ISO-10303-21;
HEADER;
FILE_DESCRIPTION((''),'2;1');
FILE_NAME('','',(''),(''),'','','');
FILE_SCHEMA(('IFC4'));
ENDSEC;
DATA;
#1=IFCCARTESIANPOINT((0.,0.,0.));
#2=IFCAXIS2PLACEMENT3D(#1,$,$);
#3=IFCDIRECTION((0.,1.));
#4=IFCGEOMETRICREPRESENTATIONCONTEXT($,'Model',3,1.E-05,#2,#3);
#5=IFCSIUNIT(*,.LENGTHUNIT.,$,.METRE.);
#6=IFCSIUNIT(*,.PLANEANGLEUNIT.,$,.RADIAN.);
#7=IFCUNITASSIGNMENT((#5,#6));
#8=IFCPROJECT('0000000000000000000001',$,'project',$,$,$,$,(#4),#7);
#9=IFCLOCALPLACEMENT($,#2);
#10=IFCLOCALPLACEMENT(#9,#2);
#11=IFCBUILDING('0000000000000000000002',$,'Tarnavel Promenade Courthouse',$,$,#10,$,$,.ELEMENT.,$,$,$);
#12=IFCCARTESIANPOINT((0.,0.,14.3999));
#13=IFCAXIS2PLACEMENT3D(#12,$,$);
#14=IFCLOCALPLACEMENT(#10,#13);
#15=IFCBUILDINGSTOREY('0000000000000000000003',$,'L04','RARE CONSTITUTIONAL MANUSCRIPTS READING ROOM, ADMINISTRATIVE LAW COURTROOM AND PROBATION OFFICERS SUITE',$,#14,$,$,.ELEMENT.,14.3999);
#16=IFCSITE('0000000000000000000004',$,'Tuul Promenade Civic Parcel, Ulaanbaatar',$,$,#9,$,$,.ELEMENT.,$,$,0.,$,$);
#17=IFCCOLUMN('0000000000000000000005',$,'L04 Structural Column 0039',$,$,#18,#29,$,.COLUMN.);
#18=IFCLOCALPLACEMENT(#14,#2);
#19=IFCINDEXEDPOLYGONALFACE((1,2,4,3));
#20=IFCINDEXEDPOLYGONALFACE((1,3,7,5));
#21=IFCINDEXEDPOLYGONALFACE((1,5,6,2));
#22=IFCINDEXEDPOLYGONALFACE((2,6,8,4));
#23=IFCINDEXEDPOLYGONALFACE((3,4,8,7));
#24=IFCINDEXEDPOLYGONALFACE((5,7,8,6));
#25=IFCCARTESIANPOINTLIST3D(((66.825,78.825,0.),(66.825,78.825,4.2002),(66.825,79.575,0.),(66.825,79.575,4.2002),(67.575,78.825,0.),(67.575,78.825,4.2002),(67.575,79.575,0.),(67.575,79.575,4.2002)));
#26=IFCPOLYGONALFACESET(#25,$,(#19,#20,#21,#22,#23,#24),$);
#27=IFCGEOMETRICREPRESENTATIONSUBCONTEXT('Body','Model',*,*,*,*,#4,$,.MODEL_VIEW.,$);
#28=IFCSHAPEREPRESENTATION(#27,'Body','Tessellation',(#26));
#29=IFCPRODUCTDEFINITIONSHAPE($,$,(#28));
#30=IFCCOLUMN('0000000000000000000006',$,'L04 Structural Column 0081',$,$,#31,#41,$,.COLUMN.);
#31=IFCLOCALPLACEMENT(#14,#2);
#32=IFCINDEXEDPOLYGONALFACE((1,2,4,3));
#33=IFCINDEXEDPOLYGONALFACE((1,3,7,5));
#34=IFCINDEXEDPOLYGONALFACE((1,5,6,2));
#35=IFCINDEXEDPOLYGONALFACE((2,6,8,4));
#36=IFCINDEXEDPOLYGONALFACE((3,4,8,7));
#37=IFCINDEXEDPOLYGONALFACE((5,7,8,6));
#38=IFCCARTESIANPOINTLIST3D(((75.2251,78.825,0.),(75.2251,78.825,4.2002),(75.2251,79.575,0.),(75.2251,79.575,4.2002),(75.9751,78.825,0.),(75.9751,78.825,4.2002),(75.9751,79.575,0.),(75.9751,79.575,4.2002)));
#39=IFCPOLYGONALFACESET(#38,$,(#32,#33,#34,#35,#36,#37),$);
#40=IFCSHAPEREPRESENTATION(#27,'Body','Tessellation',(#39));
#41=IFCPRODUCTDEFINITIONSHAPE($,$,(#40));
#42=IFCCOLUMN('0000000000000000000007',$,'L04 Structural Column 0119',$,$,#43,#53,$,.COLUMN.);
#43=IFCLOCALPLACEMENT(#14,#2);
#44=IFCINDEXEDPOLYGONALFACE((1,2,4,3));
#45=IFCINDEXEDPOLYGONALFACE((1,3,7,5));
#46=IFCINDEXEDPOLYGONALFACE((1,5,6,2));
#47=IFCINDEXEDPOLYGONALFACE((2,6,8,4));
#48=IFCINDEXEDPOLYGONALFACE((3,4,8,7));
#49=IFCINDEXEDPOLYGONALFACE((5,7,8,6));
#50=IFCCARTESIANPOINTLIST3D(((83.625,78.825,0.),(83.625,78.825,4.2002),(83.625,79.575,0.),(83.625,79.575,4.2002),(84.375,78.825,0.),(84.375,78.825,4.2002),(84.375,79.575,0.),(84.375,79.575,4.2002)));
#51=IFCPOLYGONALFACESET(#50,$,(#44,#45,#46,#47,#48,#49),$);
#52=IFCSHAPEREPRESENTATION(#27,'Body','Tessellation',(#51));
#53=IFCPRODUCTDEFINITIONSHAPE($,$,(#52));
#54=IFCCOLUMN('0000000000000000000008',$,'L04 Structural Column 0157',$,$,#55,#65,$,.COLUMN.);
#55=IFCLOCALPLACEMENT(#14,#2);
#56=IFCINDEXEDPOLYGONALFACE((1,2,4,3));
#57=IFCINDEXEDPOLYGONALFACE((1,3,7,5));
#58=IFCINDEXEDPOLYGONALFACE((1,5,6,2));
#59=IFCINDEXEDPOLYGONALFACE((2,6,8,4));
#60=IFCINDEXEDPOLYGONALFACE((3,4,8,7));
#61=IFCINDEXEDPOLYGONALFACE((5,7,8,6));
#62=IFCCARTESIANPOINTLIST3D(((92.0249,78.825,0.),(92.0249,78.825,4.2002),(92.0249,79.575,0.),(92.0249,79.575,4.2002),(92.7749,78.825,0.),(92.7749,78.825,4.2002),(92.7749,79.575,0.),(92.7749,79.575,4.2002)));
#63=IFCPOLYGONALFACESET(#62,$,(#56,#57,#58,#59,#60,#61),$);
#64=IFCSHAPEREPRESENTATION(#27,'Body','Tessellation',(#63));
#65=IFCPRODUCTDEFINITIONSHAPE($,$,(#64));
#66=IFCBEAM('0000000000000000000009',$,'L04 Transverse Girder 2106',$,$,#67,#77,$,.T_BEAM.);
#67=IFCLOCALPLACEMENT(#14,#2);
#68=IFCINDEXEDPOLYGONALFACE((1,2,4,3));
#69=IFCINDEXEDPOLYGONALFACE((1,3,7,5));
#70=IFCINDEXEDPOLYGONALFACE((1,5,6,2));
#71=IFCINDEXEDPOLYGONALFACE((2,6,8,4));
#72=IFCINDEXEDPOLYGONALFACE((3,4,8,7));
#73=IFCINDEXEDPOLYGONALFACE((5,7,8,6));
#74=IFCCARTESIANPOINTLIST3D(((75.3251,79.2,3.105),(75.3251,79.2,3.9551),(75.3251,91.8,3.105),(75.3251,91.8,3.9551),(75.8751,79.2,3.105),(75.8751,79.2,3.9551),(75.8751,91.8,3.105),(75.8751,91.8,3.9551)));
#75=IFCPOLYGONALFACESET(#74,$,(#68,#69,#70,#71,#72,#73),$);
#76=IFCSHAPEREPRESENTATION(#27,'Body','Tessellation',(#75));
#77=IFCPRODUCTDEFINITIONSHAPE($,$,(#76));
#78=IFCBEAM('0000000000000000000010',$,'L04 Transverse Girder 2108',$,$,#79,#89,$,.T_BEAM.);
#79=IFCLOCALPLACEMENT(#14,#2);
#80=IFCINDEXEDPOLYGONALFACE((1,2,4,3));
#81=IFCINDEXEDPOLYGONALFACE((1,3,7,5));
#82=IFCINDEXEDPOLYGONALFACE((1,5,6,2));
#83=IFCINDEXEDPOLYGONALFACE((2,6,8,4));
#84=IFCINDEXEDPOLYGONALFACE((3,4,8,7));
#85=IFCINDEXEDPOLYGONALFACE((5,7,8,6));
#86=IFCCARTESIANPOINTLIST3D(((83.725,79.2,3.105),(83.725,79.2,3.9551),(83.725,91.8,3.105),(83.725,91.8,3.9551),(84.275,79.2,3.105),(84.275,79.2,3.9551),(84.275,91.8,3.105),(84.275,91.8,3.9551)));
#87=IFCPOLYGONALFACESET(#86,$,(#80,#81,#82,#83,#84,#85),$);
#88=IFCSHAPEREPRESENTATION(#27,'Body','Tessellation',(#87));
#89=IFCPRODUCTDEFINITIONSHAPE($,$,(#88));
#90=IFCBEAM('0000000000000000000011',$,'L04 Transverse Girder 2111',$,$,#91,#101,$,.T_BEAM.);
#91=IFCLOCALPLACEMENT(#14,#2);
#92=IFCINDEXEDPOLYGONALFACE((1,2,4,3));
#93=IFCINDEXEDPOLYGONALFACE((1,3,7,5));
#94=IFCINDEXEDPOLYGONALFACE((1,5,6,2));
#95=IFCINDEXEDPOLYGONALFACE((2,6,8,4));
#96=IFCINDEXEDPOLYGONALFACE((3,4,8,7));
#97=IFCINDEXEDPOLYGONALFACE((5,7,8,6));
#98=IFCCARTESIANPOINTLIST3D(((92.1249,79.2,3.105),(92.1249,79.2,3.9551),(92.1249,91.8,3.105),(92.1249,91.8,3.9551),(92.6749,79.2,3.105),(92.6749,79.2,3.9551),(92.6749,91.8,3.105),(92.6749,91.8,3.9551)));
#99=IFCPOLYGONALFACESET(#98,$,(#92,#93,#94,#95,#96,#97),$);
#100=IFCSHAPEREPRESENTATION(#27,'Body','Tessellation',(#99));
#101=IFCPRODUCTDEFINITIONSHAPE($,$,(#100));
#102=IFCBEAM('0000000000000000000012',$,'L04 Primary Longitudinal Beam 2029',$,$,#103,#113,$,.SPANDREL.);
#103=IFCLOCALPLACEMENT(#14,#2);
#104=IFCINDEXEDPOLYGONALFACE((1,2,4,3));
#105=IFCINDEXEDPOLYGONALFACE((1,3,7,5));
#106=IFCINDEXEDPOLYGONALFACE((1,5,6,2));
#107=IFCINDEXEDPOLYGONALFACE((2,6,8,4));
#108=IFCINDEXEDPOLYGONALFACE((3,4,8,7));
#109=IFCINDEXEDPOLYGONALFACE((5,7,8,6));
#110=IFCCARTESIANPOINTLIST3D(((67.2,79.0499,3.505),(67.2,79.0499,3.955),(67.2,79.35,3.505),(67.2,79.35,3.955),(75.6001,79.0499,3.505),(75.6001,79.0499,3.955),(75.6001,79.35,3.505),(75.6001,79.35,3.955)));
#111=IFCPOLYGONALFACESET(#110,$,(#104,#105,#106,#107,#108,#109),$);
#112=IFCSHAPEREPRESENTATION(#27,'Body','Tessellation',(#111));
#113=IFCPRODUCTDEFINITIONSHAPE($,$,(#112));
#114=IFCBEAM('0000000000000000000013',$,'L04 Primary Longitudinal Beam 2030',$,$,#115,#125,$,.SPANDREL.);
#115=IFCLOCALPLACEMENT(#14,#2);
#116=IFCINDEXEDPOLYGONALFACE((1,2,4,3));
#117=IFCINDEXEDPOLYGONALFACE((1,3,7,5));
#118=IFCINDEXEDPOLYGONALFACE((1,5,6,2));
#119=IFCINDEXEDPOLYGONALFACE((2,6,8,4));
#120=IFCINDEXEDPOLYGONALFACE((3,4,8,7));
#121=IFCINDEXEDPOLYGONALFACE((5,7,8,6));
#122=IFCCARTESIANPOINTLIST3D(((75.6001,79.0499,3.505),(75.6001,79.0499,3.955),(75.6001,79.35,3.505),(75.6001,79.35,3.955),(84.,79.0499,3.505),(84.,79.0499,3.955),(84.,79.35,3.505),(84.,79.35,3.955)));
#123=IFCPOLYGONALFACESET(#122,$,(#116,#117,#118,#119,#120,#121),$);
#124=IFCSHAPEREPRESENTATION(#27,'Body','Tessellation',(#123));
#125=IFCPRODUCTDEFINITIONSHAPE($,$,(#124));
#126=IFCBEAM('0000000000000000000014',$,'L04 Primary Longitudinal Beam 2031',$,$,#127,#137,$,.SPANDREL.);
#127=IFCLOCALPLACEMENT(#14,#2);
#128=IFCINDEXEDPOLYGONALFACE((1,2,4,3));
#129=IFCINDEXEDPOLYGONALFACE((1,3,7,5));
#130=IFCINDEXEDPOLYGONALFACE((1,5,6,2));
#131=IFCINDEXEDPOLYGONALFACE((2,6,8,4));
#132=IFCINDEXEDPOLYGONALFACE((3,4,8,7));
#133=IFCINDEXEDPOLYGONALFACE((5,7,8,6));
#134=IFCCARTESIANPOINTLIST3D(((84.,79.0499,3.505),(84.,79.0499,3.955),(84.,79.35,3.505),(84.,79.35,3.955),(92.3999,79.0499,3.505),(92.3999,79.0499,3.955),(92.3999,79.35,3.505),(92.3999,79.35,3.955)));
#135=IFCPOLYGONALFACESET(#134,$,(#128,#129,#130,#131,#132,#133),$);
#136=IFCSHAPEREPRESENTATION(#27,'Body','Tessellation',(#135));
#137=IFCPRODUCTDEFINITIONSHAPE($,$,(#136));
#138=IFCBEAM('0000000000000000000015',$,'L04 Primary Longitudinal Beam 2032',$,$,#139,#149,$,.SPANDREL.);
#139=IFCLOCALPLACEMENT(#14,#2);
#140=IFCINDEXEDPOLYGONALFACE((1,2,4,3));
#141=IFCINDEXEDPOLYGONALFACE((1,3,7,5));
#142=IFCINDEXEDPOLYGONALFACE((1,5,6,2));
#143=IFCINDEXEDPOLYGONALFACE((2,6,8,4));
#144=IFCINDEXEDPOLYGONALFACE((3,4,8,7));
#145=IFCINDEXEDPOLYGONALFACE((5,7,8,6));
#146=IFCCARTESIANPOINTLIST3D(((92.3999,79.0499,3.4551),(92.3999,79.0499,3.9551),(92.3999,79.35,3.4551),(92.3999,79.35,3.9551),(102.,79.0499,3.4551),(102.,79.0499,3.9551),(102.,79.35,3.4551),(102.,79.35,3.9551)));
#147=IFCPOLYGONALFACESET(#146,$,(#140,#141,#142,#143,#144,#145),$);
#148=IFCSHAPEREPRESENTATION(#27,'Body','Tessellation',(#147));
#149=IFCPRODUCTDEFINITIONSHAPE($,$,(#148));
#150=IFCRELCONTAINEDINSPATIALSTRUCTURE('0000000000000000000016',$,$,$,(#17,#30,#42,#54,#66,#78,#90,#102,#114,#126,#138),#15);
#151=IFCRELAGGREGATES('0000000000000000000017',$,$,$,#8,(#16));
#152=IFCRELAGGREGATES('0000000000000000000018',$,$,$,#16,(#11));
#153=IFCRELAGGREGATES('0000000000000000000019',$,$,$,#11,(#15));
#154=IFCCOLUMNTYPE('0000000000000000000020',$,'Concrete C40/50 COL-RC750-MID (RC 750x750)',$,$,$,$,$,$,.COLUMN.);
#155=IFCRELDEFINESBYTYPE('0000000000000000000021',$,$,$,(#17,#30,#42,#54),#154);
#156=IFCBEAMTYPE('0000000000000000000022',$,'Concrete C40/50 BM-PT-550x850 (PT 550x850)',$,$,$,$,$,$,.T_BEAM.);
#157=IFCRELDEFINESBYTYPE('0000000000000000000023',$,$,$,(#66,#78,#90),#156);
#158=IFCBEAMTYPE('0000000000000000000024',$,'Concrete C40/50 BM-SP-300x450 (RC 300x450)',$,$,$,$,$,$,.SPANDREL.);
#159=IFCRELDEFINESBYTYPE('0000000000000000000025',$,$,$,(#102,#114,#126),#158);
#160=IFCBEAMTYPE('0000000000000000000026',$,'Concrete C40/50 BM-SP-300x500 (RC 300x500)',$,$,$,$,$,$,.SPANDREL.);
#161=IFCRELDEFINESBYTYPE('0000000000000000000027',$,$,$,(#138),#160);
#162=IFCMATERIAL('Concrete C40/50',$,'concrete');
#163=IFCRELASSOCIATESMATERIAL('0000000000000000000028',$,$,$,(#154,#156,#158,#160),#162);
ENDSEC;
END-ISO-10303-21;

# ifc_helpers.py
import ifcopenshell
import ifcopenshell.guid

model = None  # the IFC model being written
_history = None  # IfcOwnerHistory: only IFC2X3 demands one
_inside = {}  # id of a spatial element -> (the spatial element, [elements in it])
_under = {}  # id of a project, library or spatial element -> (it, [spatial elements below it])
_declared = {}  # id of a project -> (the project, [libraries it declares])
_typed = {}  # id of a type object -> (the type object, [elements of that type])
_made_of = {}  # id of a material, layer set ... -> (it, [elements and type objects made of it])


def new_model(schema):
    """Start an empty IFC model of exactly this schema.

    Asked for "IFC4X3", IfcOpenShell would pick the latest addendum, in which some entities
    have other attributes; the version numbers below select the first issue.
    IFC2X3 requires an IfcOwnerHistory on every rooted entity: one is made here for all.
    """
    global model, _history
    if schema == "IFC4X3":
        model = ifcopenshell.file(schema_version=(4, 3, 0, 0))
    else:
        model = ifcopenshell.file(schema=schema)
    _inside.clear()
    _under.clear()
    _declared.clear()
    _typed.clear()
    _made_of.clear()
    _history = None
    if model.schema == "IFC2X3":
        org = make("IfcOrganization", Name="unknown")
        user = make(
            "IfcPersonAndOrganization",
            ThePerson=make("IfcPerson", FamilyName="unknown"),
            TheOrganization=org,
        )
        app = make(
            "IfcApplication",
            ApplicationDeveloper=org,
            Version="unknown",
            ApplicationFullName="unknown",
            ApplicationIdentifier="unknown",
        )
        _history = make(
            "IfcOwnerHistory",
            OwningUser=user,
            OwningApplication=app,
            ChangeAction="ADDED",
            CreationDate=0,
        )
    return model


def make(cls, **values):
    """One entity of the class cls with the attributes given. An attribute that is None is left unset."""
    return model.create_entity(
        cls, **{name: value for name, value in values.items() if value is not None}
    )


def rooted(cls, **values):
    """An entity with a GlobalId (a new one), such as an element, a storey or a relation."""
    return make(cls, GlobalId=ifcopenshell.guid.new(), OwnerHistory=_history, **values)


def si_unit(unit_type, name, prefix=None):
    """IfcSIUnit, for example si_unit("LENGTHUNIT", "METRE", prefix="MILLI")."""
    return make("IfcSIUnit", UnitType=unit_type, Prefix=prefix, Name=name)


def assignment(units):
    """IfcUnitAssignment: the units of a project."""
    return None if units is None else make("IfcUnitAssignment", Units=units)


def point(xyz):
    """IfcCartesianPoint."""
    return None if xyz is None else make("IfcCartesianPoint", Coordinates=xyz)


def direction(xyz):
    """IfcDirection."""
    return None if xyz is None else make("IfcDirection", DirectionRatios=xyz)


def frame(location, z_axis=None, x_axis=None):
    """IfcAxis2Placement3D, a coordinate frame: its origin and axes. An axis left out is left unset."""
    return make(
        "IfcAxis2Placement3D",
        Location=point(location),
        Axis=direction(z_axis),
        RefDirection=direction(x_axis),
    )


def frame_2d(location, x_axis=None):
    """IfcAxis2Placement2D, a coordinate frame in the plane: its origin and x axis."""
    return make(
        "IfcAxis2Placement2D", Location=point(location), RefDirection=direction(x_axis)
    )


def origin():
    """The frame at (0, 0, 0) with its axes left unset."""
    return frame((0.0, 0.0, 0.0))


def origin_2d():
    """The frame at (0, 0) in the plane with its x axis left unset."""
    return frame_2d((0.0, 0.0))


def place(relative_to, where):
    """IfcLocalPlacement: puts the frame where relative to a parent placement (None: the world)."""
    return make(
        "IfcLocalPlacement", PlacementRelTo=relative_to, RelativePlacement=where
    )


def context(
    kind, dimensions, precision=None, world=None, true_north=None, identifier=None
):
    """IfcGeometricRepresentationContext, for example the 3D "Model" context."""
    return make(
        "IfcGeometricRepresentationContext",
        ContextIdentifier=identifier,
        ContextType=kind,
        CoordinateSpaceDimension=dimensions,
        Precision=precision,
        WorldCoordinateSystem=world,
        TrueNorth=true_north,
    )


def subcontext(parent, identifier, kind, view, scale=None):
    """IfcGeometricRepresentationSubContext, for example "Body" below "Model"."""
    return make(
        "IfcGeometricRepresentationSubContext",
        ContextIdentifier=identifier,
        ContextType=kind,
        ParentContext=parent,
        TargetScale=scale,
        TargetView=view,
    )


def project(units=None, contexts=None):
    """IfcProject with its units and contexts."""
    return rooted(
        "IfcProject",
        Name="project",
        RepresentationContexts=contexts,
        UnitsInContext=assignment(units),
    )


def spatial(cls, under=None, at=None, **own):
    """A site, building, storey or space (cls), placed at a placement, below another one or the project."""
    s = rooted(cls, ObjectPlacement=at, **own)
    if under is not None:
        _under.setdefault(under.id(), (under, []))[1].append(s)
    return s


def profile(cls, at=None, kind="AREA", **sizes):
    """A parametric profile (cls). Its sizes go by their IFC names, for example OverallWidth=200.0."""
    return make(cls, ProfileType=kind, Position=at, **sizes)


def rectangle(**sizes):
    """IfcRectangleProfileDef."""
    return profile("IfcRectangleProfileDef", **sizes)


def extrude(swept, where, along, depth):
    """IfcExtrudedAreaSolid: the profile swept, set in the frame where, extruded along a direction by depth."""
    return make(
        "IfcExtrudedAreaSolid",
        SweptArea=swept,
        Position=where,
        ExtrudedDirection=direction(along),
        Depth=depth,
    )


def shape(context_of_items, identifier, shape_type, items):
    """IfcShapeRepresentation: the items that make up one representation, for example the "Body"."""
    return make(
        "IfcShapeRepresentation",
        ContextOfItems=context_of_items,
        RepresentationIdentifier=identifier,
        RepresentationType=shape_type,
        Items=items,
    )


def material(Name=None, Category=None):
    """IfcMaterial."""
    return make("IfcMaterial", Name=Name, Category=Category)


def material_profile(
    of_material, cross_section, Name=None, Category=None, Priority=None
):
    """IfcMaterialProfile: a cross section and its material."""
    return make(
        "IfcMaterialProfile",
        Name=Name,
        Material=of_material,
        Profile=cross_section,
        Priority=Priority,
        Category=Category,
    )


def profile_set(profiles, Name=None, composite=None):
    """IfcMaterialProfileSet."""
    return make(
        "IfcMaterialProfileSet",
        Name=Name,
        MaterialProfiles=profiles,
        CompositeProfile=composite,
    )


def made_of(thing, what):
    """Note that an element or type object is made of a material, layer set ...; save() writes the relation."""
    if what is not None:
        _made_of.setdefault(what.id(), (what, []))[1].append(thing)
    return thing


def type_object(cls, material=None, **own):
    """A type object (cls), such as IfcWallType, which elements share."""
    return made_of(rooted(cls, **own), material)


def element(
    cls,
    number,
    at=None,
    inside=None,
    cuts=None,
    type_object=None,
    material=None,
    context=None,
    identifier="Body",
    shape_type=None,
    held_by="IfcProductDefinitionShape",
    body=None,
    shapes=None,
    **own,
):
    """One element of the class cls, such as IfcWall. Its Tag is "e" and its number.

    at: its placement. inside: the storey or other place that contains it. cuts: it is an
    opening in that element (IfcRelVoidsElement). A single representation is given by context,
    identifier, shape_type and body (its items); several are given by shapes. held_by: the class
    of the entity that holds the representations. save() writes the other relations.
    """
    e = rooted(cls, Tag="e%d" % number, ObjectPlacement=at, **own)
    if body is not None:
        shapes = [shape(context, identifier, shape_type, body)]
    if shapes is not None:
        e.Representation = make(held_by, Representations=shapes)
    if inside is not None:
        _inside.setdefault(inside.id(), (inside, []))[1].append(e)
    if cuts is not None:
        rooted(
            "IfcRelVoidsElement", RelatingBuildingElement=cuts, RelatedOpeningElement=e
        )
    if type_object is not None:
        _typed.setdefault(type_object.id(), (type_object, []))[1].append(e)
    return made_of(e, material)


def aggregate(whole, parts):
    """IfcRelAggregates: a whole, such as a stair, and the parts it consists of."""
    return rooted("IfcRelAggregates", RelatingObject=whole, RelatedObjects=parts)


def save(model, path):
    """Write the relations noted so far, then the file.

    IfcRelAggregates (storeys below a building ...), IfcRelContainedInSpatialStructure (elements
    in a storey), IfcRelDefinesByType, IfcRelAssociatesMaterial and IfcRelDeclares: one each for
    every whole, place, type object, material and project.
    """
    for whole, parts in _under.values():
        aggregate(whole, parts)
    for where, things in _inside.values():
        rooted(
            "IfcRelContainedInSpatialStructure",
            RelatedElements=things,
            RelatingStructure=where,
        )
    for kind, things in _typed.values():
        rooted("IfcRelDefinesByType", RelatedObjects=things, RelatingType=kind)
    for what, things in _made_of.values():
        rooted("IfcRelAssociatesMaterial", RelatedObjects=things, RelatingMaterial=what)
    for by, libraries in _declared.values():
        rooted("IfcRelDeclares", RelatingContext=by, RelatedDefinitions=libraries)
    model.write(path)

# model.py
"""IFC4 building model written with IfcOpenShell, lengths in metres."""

from ifc_helpers import new_model, si_unit, direction, frame, origin, origin_2d, place, context, subcontext, project, spatial, rectangle, extrude, material, material_profile, profile_set, type_object, element, save


model = new_model("IFC4")

# Units and contexts
model_context = context("Model", 3, precision=1e-05, world=origin(), true_north=direction((0.0, 1.0)))
body_context = subcontext(model_context, "Body", "Model", "MODEL_VIEW")
ifc_project = project(units=[si_unit("LENGTHUNIT", "METRE"), si_unit("PLANEANGLEUNIT", "RADIAN")], contexts=[model_context])

# Site, building, storey
site_placement = place(None, origin())
site = spatial("IfcSite", under=ifc_project, at=site_placement, Name="Tuul Promenade Civic Parcel, Ulaanbaatar", CompositionType="ELEMENT", RefElevation=0.0)
building_placement = place(site_placement, origin())
building = spatial("IfcBuilding", under=site, at=building_placement, Name="Tarnavel Promenade Courthouse", CompositionType="ELEMENT")
storey_placement = place(building_placement, frame((0.0, 0.0, 14.3999)))
storey = spatial("IfcBuildingStorey", under=building, at=storey_placement, Name="L04", Description="RARE CONSTITUTIONAL MANUSCRIPTS READING ROOM, ADMINISTRATIVE LAW COURTROOM AND PROBATION OFFICERS SUITE", CompositionType="ELEMENT", Elevation=14.3999)

# Columns
ifc_material_1 = material(Name="Concrete C40/50", Category="concrete")
ifc_material_profile_1 = material_profile(ifc_material_1, rectangle(XDim=0.75, YDim=0.75, at=origin_2d()), Name="RC 750x750")
ifc_profile_set_1 = profile_set([ifc_material_profile_1], Name="Concrete C40/50")
column_type = type_object("IfcColumnType", Name="Concrete C40/50 COL-RC750-MID (RC 750x750)", PredefinedType="COLUMN", material=ifc_profile_set_1)
for number, where, z_axis, x_axis, name in (
    (1, (67.2, 79.2, 0.0), (0.0, 0.0, 1.0), (1.0, 0.0, 0.0), "L04 Structural Column 0039"),
    (2, (75.6001, 79.2, 0.0), (0.0, 0.0, 1.0), (1.0, 0.0, 0.0), "L04 Structural Column 0081"),
    (3, (84.0, 79.2, 0.0), (0.0, 0.0, 1.0), (1.0, 0.0, 0.0), "L04 Structural Column 0119"),
    (4, (92.3999, 79.2, 0.0), (0.0, 0.0, 1.0), (1.0, 0.0, 0.0), "L04 Structural Column 0157"),
):
    element("IfcColumn", number, at=place(storey_placement, frame(where, z_axis=z_axis, x_axis=x_axis)), inside=storey, type_object=column_type, Name=name, PredefinedType="COLUMN", context=body_context, shape_type="SweptSolid", body=[
        extrude(rectangle(XDim=0.75, YDim=0.75, at=origin_2d()), origin(), (0.0, 0.0, 1.0), 4.2002),
    ])

# Beams
ifc_material_profile_2 = material_profile(ifc_material_1, rectangle(XDim=0.55, YDim=0.8501, at=origin_2d()), Name="PT 550x850")
ifc_profile_set_2 = profile_set([ifc_material_profile_2], Name="Concrete C40/50")
beam_type_1 = type_object("IfcBeamType", Name="Concrete C40/50 BM-PT-550x850 (PT 550x850)", PredefinedType="T_BEAM", material=ifc_profile_set_2)
for number, where, z_axis, x_axis, name in (
    (5, (75.6001, 79.2, 3.53), (0.0, 1.0, 0.0), (-1.0, 0.0, 0.0), "L04 Transverse Girder 2106"),
    (6, (84.0, 79.2, 3.53), (0.0, 1.0, 0.0), (-1.0, 0.0, 0.0), "L04 Transverse Girder 2108"),
    (7, (92.3999, 79.2, 3.53), (0.0, 1.0, 0.0), (-1.0, 0.0, 0.0), "L04 Transverse Girder 2111"),
):
    element("IfcBeam", number, at=place(storey_placement, frame(where, z_axis=z_axis, x_axis=x_axis)), inside=storey, type_object=beam_type_1, Name=name, PredefinedType="T_BEAM", context=body_context, shape_type="SweptSolid", body=[
        extrude(rectangle(XDim=0.55, YDim=0.8501, at=origin_2d()), origin(), (0.0, 0.0, 1.0), 12.6001),
    ])
ifc_material_profile_3 = material_profile(ifc_material_1, rectangle(XDim=0.3, YDim=0.45, at=origin_2d()), Name="RC 300x450")
ifc_profile_set_3 = profile_set([ifc_material_profile_3], Name="Concrete C40/50")
beam_type_2 = type_object("IfcBeamType", Name="Concrete C40/50 BM-SP-300x450 (RC 300x450)", PredefinedType="SPANDREL", material=ifc_profile_set_3)
beam_1_placement = place(storey_placement, frame((67.2, 79.2, 3.73), z_axis=(1.0, 0.0, 0.0), x_axis=(0.0, 1.0, 0.0)))
element("IfcBeam", 8, at=beam_1_placement, inside=storey, type_object=beam_type_2, Name="L04 Primary Longitudinal Beam 2029", PredefinedType="SPANDREL", context=body_context, shape_type="SweptSolid", body=[
    extrude(rectangle(XDim=0.3, YDim=0.45, at=origin_2d()), origin(), (0.0, 0.0, 1.0), 8.4001),
])
for number, where, z_axis, x_axis, name in (
    (9, (75.6001, 79.2, 3.73), (1.0, 0.0, 0.0), (0.0, 1.0, 0.0), "L04 Primary Longitudinal Beam 2030"),
    (10, (84.0, 79.2, 3.73), (1.0, 0.0, 0.0), (0.0, 1.0, 0.0), "L04 Primary Longitudinal Beam 2031"),
):
    element("IfcBeam", number, at=place(storey_placement, frame(where, z_axis=z_axis, x_axis=x_axis)), inside=storey, type_object=beam_type_2, Name=name, PredefinedType="SPANDREL", context=body_context, shape_type="SweptSolid", body=[
        extrude(rectangle(XDim=0.3, YDim=0.45, at=origin_2d()), origin(), (0.0, 0.0, 1.0), 8.3999),
    ])
ifc_material_profile_4 = material_profile(ifc_material_1, rectangle(XDim=0.3, YDim=0.5, at=origin_2d()), Name="RC 300x500")
ifc_profile_set_4 = profile_set([ifc_material_profile_4], Name="Concrete C40/50")
beam_type_3 = type_object("IfcBeamType", Name="Concrete C40/50 BM-SP-300x500 (RC 300x500)", PredefinedType="SPANDREL", material=ifc_profile_set_4)
beam_2_placement = place(storey_placement, frame((92.3999, 79.2, 3.7051), z_axis=(1.0, 0.0, 0.0), x_axis=(0.0, 1.0, 0.0)))
element("IfcBeam", 11, at=beam_2_placement, inside=storey, type_object=beam_type_3, Name="L04 Primary Longitudinal Beam 2032", PredefinedType="SPANDREL", context=body_context, shape_type="SweptSolid", body=[
    extrude(rectangle(XDim=0.3, YDim=0.5, at=origin_2d()), origin(), (0.0, 0.0, 1.0), 9.6001),
])

save(model, "model.ifc")
